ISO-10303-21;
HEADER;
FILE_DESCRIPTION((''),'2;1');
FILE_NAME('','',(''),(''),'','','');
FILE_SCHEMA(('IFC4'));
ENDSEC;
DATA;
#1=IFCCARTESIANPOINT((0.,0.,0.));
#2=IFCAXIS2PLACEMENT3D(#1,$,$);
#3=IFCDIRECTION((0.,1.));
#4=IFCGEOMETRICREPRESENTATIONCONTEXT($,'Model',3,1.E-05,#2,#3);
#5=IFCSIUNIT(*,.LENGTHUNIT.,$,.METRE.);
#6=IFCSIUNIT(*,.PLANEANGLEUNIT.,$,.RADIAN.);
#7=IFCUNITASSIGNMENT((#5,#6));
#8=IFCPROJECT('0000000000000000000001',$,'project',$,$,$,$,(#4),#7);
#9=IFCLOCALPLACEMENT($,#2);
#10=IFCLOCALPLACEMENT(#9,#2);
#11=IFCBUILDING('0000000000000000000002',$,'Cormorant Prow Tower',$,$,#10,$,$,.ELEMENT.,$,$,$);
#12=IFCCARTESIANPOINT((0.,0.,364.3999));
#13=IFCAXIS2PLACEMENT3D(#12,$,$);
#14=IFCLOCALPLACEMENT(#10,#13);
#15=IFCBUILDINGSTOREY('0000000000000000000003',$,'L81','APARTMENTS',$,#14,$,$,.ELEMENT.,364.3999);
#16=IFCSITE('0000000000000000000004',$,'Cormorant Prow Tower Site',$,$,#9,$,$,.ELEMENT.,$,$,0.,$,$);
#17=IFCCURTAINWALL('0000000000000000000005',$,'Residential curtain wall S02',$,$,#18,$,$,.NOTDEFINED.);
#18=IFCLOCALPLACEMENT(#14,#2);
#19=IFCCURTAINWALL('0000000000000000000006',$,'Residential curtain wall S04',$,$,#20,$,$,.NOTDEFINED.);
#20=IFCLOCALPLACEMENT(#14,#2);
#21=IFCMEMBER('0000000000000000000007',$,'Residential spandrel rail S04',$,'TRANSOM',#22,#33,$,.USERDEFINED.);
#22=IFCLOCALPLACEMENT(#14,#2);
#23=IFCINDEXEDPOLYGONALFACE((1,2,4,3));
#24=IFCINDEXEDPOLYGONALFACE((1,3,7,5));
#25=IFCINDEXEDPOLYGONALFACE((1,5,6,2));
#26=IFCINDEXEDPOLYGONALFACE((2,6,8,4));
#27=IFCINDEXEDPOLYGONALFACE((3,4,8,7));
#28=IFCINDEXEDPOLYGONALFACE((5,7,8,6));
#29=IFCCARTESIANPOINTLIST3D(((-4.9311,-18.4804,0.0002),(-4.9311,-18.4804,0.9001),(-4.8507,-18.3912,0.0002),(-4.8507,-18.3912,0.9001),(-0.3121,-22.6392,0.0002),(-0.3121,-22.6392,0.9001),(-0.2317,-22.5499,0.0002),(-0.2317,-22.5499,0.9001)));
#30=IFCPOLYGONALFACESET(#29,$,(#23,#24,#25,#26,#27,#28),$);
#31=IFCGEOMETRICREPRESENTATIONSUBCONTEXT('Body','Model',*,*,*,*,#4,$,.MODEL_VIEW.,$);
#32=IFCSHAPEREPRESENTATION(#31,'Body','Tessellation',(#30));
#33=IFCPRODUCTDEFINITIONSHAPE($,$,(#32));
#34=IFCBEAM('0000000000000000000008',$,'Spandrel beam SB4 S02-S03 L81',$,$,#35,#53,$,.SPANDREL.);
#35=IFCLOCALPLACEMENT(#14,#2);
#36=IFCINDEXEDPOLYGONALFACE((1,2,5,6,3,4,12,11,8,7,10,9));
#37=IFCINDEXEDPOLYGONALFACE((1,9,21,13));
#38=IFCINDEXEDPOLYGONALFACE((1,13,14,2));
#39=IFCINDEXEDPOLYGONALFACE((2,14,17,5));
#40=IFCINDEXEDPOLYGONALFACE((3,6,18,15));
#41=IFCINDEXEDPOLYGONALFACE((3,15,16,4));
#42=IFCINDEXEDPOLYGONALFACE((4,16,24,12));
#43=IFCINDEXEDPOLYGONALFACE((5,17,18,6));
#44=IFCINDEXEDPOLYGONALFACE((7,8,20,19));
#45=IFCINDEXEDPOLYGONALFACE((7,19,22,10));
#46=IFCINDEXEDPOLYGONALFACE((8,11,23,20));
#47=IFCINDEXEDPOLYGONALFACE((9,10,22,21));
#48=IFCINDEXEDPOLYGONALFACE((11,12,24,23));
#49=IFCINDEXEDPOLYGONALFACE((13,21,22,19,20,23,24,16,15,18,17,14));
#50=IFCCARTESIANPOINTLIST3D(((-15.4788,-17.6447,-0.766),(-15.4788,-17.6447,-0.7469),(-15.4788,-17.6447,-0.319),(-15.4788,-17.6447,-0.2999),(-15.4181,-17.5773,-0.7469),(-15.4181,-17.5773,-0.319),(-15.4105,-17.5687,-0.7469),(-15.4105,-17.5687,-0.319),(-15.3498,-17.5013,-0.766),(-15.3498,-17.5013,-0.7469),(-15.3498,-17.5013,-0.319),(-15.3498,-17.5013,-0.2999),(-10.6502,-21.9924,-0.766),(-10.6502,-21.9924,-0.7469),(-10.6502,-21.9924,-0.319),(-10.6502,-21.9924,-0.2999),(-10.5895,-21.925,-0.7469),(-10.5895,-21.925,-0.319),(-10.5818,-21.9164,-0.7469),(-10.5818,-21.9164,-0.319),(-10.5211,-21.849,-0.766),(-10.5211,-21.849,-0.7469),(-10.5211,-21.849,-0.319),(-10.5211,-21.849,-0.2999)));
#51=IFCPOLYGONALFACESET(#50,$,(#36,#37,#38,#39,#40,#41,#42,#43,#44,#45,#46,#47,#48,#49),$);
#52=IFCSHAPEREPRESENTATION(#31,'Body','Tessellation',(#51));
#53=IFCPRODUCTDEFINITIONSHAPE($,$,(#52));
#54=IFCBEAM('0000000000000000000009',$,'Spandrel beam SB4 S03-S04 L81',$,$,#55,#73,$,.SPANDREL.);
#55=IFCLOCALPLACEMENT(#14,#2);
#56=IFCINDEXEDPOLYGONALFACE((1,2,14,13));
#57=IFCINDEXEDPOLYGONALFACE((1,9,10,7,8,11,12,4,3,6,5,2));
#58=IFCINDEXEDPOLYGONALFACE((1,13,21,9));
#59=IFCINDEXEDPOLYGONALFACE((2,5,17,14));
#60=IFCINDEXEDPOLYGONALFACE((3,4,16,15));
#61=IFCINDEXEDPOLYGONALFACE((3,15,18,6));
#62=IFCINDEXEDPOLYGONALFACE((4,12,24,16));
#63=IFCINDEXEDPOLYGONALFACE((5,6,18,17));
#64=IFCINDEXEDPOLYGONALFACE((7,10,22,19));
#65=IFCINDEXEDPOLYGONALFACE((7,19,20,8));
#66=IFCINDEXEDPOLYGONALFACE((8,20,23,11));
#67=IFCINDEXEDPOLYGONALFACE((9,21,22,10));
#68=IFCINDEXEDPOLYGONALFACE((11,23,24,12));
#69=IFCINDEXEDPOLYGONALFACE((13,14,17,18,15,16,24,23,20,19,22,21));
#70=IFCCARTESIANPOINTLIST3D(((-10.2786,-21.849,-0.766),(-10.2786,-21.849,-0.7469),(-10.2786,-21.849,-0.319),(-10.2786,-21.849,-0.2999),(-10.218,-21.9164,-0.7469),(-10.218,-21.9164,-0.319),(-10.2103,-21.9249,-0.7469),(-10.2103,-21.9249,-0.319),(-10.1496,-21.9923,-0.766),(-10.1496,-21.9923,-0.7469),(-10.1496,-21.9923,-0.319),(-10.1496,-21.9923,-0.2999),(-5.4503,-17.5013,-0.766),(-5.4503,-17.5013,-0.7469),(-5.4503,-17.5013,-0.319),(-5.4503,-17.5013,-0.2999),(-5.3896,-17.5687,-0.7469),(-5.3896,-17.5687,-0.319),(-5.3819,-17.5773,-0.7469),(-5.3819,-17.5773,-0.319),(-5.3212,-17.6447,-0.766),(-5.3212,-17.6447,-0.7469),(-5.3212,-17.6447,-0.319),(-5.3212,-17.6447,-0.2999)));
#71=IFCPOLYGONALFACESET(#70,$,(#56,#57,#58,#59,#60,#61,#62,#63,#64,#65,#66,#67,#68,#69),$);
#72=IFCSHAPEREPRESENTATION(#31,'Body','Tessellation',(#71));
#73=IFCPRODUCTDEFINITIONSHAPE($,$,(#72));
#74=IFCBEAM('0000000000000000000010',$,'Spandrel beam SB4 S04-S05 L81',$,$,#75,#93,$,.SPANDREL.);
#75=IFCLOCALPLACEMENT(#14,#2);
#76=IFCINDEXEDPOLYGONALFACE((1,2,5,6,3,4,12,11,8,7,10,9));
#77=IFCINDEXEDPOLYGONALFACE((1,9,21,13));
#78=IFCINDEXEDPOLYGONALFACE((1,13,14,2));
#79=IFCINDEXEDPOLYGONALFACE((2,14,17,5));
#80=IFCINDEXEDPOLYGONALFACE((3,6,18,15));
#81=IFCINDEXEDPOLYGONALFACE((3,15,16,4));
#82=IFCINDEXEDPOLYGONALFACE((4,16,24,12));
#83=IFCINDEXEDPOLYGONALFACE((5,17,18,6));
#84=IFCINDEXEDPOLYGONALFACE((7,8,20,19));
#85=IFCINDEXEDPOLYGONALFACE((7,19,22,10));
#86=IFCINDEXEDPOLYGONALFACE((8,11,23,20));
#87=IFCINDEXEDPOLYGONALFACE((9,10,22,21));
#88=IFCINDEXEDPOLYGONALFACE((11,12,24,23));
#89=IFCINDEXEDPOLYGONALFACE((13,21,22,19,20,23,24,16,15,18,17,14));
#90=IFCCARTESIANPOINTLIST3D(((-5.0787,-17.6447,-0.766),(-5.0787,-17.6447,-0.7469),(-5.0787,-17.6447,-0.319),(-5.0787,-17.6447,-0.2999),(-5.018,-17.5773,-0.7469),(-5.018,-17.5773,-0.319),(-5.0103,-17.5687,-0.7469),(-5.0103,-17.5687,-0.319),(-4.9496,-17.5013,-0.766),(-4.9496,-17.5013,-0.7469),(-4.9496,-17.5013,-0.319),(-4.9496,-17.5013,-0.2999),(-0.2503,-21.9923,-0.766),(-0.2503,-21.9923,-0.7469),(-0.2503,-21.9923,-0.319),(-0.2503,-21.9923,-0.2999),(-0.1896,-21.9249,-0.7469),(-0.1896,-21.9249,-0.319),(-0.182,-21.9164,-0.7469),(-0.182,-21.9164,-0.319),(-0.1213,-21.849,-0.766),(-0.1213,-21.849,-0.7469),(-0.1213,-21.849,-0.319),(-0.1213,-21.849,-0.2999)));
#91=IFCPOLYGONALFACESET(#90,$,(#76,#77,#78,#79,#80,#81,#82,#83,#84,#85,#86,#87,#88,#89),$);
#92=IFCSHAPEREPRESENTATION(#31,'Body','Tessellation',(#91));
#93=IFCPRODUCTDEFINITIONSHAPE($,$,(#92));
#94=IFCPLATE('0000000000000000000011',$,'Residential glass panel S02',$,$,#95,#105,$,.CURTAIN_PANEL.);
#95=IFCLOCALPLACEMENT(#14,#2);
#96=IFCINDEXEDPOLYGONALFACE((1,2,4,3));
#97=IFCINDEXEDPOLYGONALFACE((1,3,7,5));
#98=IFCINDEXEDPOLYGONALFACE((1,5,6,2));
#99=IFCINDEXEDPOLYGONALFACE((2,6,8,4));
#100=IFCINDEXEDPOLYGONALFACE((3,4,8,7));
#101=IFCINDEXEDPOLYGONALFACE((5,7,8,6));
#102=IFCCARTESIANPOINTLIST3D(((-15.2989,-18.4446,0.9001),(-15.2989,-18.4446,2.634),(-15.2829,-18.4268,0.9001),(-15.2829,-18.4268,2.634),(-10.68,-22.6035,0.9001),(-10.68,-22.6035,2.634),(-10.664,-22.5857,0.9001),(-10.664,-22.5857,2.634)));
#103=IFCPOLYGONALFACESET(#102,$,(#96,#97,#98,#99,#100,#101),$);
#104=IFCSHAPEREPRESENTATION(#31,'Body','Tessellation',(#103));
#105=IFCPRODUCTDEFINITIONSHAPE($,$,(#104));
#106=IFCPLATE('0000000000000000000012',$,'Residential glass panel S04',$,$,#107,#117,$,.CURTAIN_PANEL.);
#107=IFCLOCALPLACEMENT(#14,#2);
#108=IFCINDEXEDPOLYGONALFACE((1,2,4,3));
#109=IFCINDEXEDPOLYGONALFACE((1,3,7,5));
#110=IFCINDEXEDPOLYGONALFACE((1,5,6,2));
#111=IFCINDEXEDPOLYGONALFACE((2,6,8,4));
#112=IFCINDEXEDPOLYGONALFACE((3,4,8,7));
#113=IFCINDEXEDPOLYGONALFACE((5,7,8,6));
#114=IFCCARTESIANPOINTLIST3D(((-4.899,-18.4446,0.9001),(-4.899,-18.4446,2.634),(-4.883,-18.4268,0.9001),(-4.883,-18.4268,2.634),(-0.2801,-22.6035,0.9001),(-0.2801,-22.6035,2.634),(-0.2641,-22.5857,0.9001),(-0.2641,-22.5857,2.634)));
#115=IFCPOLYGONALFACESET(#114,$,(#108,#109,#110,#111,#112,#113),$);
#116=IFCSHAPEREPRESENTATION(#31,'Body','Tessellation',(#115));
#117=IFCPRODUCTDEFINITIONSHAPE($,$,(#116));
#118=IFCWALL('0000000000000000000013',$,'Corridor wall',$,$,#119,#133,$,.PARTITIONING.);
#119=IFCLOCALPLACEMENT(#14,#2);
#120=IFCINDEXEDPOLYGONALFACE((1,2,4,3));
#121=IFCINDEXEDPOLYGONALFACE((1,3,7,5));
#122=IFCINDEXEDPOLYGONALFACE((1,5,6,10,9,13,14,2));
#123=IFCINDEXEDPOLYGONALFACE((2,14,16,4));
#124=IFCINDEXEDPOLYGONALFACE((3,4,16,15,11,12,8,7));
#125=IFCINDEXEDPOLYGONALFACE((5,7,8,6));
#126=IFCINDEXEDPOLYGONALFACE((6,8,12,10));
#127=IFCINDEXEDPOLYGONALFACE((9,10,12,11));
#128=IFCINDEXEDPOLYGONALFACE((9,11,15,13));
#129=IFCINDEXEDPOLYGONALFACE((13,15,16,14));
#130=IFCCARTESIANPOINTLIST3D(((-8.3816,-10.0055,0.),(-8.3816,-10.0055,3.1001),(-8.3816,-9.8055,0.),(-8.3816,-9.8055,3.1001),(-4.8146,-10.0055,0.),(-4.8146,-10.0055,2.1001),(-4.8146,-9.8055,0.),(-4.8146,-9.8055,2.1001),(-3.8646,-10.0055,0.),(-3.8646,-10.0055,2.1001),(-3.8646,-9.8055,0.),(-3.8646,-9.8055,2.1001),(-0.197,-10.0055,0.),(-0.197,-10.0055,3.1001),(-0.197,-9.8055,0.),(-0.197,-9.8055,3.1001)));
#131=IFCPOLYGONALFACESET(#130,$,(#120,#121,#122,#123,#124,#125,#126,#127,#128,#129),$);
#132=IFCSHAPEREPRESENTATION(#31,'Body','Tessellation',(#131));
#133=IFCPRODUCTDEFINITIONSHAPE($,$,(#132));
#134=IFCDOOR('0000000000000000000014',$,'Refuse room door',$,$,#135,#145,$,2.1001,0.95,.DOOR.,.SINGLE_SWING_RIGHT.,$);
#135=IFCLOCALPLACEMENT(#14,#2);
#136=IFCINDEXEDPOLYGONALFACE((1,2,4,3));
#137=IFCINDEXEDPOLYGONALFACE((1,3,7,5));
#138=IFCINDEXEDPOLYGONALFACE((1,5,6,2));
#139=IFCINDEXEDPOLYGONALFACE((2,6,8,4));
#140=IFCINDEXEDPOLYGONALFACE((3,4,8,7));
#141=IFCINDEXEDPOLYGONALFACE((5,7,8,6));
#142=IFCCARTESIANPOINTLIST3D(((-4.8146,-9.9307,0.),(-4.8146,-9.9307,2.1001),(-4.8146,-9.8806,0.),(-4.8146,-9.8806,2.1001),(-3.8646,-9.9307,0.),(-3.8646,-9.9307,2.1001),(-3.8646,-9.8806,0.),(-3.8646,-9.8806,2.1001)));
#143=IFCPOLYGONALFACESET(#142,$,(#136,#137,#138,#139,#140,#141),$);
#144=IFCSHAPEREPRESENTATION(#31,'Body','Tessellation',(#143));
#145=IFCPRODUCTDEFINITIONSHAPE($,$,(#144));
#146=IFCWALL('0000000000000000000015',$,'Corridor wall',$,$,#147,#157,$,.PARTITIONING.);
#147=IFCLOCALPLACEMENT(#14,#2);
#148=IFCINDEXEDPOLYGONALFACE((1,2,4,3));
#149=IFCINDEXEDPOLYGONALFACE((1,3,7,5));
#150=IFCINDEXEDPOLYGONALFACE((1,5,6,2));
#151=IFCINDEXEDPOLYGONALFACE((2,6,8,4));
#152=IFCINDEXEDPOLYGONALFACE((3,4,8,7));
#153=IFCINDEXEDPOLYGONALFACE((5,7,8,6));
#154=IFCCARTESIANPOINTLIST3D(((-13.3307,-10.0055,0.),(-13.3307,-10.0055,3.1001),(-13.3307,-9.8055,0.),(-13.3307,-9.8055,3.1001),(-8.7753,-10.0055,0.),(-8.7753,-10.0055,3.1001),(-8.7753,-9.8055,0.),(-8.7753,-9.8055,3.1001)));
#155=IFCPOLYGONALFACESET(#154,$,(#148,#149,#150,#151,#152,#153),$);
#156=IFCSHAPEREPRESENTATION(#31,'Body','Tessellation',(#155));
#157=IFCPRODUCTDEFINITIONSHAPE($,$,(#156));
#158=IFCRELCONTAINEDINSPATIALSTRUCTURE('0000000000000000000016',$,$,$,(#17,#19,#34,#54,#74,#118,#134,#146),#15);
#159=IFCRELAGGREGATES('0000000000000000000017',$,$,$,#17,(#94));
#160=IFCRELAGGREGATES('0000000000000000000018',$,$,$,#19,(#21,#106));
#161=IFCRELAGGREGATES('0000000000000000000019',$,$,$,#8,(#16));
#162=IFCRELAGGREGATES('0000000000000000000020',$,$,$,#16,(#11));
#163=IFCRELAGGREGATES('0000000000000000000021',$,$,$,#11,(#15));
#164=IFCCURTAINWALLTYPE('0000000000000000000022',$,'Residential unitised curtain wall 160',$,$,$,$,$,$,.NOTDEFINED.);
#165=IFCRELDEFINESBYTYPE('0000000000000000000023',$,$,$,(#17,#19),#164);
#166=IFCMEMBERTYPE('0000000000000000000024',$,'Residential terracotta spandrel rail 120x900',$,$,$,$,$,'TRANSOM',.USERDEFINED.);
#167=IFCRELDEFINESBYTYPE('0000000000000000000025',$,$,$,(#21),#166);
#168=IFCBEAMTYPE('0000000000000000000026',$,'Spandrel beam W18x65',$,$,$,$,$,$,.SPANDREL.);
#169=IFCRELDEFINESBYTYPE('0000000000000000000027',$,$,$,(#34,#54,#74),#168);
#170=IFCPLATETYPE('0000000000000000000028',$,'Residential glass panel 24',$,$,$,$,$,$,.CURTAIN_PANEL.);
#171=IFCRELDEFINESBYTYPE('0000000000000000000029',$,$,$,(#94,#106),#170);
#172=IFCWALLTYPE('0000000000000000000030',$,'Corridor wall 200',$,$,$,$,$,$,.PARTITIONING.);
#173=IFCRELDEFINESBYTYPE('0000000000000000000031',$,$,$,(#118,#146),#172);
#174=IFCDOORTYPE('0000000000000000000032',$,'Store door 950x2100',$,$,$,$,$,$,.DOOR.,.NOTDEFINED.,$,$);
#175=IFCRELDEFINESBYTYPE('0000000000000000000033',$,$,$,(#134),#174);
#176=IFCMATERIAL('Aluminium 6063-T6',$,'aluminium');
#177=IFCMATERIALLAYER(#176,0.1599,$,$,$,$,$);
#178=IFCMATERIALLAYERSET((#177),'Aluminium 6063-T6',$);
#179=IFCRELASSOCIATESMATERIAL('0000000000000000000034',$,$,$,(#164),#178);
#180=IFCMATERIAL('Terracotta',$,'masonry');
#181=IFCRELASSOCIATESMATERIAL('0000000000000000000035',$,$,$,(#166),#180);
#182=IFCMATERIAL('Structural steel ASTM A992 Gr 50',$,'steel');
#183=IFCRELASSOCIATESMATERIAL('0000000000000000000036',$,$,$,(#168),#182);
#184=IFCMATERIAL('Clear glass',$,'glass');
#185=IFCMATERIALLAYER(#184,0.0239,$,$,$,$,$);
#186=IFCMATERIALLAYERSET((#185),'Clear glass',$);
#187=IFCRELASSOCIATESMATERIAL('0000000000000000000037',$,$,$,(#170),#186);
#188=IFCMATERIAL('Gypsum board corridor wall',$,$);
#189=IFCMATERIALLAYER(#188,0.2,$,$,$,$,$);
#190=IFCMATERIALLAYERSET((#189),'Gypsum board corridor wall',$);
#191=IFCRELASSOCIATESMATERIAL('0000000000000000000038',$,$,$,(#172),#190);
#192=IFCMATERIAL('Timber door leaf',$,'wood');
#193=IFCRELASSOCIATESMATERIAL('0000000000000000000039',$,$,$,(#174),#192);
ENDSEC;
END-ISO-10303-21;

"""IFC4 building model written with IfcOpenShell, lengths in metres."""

from ifc_helpers import new_model, si_unit, direction, frame, frame_2d, origin, origin_2d, place, context, subcontext, project, spatial, rectangle, i_section, extrude, material, layer, layer_set, material_profile, profile_set, type_object, element, fill, aggregate, save


model = new_model("IFC4")

# Units and contexts
model_context = context("Model", 3, precision=1e-05, world=origin(), true_north=direction((0.0, 1.0)))
body_context = subcontext(model_context, "Body", "Model", "MODEL_VIEW")
ifc_project = project(units=[si_unit("LENGTHUNIT", "METRE"), si_unit("PLANEANGLEUNIT", "RADIAN")], contexts=[model_context])

# Site, building, storey
site_placement = place(None, origin())
site = spatial("IfcSite", under=ifc_project, at=site_placement, Name="Cormorant Prow Tower Site", CompositionType="ELEMENT", RefElevation=0.0)
building_placement = place(site_placement, origin())
building = spatial("IfcBuilding", under=site, at=building_placement, Name="Cormorant Prow Tower", CompositionType="ELEMENT")
storey_placement = place(building_placement, frame((0.0, 0.0, 364.3999)))
storey = spatial("IfcBuildingStorey", under=building, at=storey_placement, Name="L81", Description="APARTMENTS", CompositionType="ELEMENT", Elevation=364.3999)

# Curtain walls
ifc_material_1 = material(Name="Aluminium 6063-T6", Category="aluminium")
ifc_layer_1 = layer(ifc_material_1, 0.1599)
ifc_layer_set_1 = layer_set([ifc_layer_1], Name="Aluminium 6063-T6")
curtain_wall_type = type_object("IfcCurtainWallType", Name="Residential unitised curtain wall 160", PredefinedType="NOTDEFINED", material=ifc_layer_set_1)
curtain_wall_1_placement = place(storey_placement, origin())
curtain_wall_1 = element("IfcCurtainWall", 1, at=curtain_wall_1_placement, inside=storey, type_object=curtain_wall_type, Name="Residential curtain wall S02", PredefinedType="NOTDEFINED")
curtain_wall_2_placement = place(storey_placement, origin())
curtain_wall_2 = element("IfcCurtainWall", 2, at=curtain_wall_2_placement, inside=storey, type_object=curtain_wall_type, Name="Residential curtain wall S04", PredefinedType="NOTDEFINED")

# Member
ifc_material_2 = material(Name="Terracotta", Category="masonry")
ifc_material_profile_1 = material_profile(ifc_material_2, rectangle(XDim=0.1201, YDim=0.8999, at=origin_2d()), Name="Residential terracotta spandrel rail 120x900")
ifc_profile_set_1 = profile_set([ifc_material_profile_1], Name="Terracotta")
member_type_1 = type_object("IfcMemberType", Name="Residential terracotta spandrel rail 120x900", ElementType="TRANSOM", PredefinedType="USERDEFINED", material=ifc_profile_set_1)
member_1_placement = place(storey_placement, frame((-4.8909, -18.4358, 0.4502), z_axis=(0.743159, -0.669114, 0.0), x_axis=(0.669114, 0.743159, 0.0)))
member_1 = element("IfcMember", 3, at=member_1_placement, type_object=member_type_1, Name="Residential spandrel rail S04", ObjectType="TRANSOM", PredefinedType="USERDEFINED", context=body_context, shape_type="SweptSolid", body=[
    extrude(rectangle(XDim=0.1201, YDim=0.8999, at=origin_2d()), origin(), (0.0, 0.0, 1.0), 6.2153),
])

# Beams
ifc_material_3 = material(Name="Structural steel ASTM A992 Gr 50", Category="steel")
ifc_material_profile_2 = material_profile(ifc_material_3, i_section(OverallWidth=0.1929, OverallDepth=0.4661, WebThickness=0.0115, FlangeThickness=0.019, at=origin_2d()), Name="W18x65")
ifc_profile_set_2 = profile_set([ifc_material_profile_2], Name="Structural steel ASTM A992 Gr 50")
beam_type_1 = type_object("IfcBeamType", Name="Spandrel beam W18x65", PredefinedType="SPANDREL", material=ifc_profile_set_2)
beam_1_placement = place(storey_placement, frame((-15.4143, -17.573, -0.533), z_axis=(0.743148, -0.669127, 0.0), x_axis=(0.669127, 0.743148, 0.0)))
element("IfcBeam", 4, at=beam_1_placement, inside=storey, type_object=beam_type_1, Name="Spandrel beam SB4 S02-S03 L81", PredefinedType="SPANDREL", context=body_context, shape_type="SweptSolid", body=[
    extrude(i_section(OverallWidth=0.1929, OverallDepth=0.4661, WebThickness=0.0115, FlangeThickness=0.019, at=origin_2d()), origin(), (0.0, 0.0, 1.0), 6.4976),
])
for number, where, z_axis, x_axis, name in (
    (5, (-10.2141, -21.9207, -0.533), (0.743132, 0.669145, 0.0), (-0.669145, 0.743132, 0.0), "Spandrel beam SB4 S03-S04 L81"),
    (6, (-5.0142, -17.573, -0.533), (0.743132, -0.669145, 0.0), (0.669145, 0.743132, 0.0), "Spandrel beam SB4 S04-S05 L81"),
):
    element("IfcBeam", number, at=place(storey_placement, frame(where, z_axis=z_axis, x_axis=x_axis)), inside=storey, type_object=beam_type_1, Name=name, PredefinedType="SPANDREL", context=body_context, shape_type="SweptSolid", body=[
        extrude(i_section(OverallWidth=0.1929, OverallDepth=0.4661, WebThickness=0.0115, FlangeThickness=0.019, at=origin_2d()), origin(), (0.0, 0.0, 1.0), 6.4973),
    ])

# Plates
ifc_material_4 = material(Name="Clear glass", Category="glass")
ifc_layer_2 = layer(ifc_material_4, 0.0239)
ifc_layer_set_2 = layer_set([ifc_layer_2], Name="Clear glass")
plate_type = type_object("IfcPlateType", Name="Residential glass panel 24", PredefinedType="CURTAIN_PANEL", material=ifc_layer_set_2)
plate_1_placement = place(storey_placement, frame((-12.9814, -20.5151, 0.9001), z_axis=(0.0, 0.0, 1.0), x_axis=(0.743145, -0.669131, 0.0)))
plate_1 = element("IfcPlate", 7, at=plate_1_placement, type_object=plate_type, Name="Residential glass panel S02", PredefinedType="CURTAIN_PANEL", context=body_context, shape_type="SweptSolid", body=[
    extrude(rectangle(XDim=6.2153, YDim=0.0239, at=origin_2d()), origin(), (0.0, 0.0, 1.0), 1.7339),
])
aggregate(curtain_wall_1, [plate_1])
plate_2_placement = place(storey_placement, frame((-2.5815, -20.5151, 0.9001), z_axis=(0.0, 0.0, 1.0), x_axis=(0.743145, -0.669131, 0.0)))
plate_2 = element("IfcPlate", 8, at=plate_2_placement, type_object=plate_type, Name="Residential glass panel S04", PredefinedType="CURTAIN_PANEL", context=body_context, shape_type="SweptSolid", body=[
    extrude(rectangle(XDim=6.2153, YDim=0.0239, at=origin_2d()), origin(), (0.0, 0.0, 1.0), 1.7339),
])
aggregate(curtain_wall_2, [member_1, plate_2])

# Wall, opening, door
ifc_material_5 = material(Name="Gypsum board corridor wall")
ifc_layer_3 = layer(ifc_material_5, 0.2)
ifc_layer_set_3 = layer_set([ifc_layer_3], Name="Gypsum board corridor wall")
wall_type_1 = type_object("IfcWallType", Name="Corridor wall 200", PredefinedType="PARTITIONING", material=ifc_layer_set_3)
wall_1_placement = place(storey_placement, frame((-8.3816, -9.9055, 0.0), z_axis=(0.0, 0.0, 1.0), x_axis=(1.0, 0.0, 0.0)))
wall_1 = element("IfcWall", 9, at=wall_1_placement, inside=storey, type_object=wall_type_1, Name="Corridor wall", PredefinedType="PARTITIONING", context=body_context, shape_type="SweptSolid", body=[
    extrude(rectangle(XDim=8.1846, YDim=0.2, at=frame_2d((4.0923, 0.0))), origin(), (0.0, 0.0, 1.0), 3.1001),
])
opening_1_placement = place(wall_1_placement, frame((3.5669, 0.0, 0.0)))
opening_1 = element("IfcOpeningElement", 10, at=opening_1_placement, cuts=wall_1, PredefinedType="OPENING", context=body_context, shape_type="SweptSolid", body=[
    extrude(rectangle(XDim=0.95, YDim=2.1001, at=frame_2d((0.4751, 1.05))), frame((0.0, 0.1099, 0.0), z_axis=(0.0, -1.0, 0.0), x_axis=(1.0, 0.0, 0.0)), (0.0, 0.0, 1.0), 0.22),
])
ifc_material_6 = material(Name="Timber door leaf", Category="wood")
door_type_1 = type_object("IfcDoorType", Name="Store door 950x2100", OperationType="NOTDEFINED", PredefinedType="DOOR", material=ifc_material_6)
door_1_placement = place(opening_1_placement, origin())
door_1 = element("IfcDoor", 11, at=door_1_placement, inside=storey, type_object=door_type_1, Name="Refuse room door", OperationType="SINGLE_SWING_RIGHT", OverallHeight=2.1001, OverallWidth=0.95, PredefinedType="DOOR", context=body_context, shape_type="SweptSolid", body=[
    extrude(rectangle(XDim=0.95, YDim=2.1001, at=frame_2d((0.4751, 1.05))), frame((0.0, 0.0249, 0.0), z_axis=(0.0, -1.0, 0.0), x_axis=(1.0, 0.0, 0.0)), (0.0, 0.0, 1.0), 0.05),
])
fill(opening_1, door_1)

# Wall
wall_2_placement = place(storey_placement, frame((-13.3308, -9.9055, 0.0), z_axis=(0.0, 0.0, 1.0), x_axis=(1.0, 0.0, 0.0)))
element("IfcWall", 12, at=wall_2_placement, inside=storey, type_object=wall_type_1, Name="Corridor wall", PredefinedType="PARTITIONING", context=body_context, shape_type="SweptSolid", body=[
    extrude(rectangle(XDim=4.5554, YDim=0.2, at=frame_2d((2.2778, 0.0))), origin(), (0.0, 0.0, 1.0), 3.1001),
])

save(model, "model.ifc")
